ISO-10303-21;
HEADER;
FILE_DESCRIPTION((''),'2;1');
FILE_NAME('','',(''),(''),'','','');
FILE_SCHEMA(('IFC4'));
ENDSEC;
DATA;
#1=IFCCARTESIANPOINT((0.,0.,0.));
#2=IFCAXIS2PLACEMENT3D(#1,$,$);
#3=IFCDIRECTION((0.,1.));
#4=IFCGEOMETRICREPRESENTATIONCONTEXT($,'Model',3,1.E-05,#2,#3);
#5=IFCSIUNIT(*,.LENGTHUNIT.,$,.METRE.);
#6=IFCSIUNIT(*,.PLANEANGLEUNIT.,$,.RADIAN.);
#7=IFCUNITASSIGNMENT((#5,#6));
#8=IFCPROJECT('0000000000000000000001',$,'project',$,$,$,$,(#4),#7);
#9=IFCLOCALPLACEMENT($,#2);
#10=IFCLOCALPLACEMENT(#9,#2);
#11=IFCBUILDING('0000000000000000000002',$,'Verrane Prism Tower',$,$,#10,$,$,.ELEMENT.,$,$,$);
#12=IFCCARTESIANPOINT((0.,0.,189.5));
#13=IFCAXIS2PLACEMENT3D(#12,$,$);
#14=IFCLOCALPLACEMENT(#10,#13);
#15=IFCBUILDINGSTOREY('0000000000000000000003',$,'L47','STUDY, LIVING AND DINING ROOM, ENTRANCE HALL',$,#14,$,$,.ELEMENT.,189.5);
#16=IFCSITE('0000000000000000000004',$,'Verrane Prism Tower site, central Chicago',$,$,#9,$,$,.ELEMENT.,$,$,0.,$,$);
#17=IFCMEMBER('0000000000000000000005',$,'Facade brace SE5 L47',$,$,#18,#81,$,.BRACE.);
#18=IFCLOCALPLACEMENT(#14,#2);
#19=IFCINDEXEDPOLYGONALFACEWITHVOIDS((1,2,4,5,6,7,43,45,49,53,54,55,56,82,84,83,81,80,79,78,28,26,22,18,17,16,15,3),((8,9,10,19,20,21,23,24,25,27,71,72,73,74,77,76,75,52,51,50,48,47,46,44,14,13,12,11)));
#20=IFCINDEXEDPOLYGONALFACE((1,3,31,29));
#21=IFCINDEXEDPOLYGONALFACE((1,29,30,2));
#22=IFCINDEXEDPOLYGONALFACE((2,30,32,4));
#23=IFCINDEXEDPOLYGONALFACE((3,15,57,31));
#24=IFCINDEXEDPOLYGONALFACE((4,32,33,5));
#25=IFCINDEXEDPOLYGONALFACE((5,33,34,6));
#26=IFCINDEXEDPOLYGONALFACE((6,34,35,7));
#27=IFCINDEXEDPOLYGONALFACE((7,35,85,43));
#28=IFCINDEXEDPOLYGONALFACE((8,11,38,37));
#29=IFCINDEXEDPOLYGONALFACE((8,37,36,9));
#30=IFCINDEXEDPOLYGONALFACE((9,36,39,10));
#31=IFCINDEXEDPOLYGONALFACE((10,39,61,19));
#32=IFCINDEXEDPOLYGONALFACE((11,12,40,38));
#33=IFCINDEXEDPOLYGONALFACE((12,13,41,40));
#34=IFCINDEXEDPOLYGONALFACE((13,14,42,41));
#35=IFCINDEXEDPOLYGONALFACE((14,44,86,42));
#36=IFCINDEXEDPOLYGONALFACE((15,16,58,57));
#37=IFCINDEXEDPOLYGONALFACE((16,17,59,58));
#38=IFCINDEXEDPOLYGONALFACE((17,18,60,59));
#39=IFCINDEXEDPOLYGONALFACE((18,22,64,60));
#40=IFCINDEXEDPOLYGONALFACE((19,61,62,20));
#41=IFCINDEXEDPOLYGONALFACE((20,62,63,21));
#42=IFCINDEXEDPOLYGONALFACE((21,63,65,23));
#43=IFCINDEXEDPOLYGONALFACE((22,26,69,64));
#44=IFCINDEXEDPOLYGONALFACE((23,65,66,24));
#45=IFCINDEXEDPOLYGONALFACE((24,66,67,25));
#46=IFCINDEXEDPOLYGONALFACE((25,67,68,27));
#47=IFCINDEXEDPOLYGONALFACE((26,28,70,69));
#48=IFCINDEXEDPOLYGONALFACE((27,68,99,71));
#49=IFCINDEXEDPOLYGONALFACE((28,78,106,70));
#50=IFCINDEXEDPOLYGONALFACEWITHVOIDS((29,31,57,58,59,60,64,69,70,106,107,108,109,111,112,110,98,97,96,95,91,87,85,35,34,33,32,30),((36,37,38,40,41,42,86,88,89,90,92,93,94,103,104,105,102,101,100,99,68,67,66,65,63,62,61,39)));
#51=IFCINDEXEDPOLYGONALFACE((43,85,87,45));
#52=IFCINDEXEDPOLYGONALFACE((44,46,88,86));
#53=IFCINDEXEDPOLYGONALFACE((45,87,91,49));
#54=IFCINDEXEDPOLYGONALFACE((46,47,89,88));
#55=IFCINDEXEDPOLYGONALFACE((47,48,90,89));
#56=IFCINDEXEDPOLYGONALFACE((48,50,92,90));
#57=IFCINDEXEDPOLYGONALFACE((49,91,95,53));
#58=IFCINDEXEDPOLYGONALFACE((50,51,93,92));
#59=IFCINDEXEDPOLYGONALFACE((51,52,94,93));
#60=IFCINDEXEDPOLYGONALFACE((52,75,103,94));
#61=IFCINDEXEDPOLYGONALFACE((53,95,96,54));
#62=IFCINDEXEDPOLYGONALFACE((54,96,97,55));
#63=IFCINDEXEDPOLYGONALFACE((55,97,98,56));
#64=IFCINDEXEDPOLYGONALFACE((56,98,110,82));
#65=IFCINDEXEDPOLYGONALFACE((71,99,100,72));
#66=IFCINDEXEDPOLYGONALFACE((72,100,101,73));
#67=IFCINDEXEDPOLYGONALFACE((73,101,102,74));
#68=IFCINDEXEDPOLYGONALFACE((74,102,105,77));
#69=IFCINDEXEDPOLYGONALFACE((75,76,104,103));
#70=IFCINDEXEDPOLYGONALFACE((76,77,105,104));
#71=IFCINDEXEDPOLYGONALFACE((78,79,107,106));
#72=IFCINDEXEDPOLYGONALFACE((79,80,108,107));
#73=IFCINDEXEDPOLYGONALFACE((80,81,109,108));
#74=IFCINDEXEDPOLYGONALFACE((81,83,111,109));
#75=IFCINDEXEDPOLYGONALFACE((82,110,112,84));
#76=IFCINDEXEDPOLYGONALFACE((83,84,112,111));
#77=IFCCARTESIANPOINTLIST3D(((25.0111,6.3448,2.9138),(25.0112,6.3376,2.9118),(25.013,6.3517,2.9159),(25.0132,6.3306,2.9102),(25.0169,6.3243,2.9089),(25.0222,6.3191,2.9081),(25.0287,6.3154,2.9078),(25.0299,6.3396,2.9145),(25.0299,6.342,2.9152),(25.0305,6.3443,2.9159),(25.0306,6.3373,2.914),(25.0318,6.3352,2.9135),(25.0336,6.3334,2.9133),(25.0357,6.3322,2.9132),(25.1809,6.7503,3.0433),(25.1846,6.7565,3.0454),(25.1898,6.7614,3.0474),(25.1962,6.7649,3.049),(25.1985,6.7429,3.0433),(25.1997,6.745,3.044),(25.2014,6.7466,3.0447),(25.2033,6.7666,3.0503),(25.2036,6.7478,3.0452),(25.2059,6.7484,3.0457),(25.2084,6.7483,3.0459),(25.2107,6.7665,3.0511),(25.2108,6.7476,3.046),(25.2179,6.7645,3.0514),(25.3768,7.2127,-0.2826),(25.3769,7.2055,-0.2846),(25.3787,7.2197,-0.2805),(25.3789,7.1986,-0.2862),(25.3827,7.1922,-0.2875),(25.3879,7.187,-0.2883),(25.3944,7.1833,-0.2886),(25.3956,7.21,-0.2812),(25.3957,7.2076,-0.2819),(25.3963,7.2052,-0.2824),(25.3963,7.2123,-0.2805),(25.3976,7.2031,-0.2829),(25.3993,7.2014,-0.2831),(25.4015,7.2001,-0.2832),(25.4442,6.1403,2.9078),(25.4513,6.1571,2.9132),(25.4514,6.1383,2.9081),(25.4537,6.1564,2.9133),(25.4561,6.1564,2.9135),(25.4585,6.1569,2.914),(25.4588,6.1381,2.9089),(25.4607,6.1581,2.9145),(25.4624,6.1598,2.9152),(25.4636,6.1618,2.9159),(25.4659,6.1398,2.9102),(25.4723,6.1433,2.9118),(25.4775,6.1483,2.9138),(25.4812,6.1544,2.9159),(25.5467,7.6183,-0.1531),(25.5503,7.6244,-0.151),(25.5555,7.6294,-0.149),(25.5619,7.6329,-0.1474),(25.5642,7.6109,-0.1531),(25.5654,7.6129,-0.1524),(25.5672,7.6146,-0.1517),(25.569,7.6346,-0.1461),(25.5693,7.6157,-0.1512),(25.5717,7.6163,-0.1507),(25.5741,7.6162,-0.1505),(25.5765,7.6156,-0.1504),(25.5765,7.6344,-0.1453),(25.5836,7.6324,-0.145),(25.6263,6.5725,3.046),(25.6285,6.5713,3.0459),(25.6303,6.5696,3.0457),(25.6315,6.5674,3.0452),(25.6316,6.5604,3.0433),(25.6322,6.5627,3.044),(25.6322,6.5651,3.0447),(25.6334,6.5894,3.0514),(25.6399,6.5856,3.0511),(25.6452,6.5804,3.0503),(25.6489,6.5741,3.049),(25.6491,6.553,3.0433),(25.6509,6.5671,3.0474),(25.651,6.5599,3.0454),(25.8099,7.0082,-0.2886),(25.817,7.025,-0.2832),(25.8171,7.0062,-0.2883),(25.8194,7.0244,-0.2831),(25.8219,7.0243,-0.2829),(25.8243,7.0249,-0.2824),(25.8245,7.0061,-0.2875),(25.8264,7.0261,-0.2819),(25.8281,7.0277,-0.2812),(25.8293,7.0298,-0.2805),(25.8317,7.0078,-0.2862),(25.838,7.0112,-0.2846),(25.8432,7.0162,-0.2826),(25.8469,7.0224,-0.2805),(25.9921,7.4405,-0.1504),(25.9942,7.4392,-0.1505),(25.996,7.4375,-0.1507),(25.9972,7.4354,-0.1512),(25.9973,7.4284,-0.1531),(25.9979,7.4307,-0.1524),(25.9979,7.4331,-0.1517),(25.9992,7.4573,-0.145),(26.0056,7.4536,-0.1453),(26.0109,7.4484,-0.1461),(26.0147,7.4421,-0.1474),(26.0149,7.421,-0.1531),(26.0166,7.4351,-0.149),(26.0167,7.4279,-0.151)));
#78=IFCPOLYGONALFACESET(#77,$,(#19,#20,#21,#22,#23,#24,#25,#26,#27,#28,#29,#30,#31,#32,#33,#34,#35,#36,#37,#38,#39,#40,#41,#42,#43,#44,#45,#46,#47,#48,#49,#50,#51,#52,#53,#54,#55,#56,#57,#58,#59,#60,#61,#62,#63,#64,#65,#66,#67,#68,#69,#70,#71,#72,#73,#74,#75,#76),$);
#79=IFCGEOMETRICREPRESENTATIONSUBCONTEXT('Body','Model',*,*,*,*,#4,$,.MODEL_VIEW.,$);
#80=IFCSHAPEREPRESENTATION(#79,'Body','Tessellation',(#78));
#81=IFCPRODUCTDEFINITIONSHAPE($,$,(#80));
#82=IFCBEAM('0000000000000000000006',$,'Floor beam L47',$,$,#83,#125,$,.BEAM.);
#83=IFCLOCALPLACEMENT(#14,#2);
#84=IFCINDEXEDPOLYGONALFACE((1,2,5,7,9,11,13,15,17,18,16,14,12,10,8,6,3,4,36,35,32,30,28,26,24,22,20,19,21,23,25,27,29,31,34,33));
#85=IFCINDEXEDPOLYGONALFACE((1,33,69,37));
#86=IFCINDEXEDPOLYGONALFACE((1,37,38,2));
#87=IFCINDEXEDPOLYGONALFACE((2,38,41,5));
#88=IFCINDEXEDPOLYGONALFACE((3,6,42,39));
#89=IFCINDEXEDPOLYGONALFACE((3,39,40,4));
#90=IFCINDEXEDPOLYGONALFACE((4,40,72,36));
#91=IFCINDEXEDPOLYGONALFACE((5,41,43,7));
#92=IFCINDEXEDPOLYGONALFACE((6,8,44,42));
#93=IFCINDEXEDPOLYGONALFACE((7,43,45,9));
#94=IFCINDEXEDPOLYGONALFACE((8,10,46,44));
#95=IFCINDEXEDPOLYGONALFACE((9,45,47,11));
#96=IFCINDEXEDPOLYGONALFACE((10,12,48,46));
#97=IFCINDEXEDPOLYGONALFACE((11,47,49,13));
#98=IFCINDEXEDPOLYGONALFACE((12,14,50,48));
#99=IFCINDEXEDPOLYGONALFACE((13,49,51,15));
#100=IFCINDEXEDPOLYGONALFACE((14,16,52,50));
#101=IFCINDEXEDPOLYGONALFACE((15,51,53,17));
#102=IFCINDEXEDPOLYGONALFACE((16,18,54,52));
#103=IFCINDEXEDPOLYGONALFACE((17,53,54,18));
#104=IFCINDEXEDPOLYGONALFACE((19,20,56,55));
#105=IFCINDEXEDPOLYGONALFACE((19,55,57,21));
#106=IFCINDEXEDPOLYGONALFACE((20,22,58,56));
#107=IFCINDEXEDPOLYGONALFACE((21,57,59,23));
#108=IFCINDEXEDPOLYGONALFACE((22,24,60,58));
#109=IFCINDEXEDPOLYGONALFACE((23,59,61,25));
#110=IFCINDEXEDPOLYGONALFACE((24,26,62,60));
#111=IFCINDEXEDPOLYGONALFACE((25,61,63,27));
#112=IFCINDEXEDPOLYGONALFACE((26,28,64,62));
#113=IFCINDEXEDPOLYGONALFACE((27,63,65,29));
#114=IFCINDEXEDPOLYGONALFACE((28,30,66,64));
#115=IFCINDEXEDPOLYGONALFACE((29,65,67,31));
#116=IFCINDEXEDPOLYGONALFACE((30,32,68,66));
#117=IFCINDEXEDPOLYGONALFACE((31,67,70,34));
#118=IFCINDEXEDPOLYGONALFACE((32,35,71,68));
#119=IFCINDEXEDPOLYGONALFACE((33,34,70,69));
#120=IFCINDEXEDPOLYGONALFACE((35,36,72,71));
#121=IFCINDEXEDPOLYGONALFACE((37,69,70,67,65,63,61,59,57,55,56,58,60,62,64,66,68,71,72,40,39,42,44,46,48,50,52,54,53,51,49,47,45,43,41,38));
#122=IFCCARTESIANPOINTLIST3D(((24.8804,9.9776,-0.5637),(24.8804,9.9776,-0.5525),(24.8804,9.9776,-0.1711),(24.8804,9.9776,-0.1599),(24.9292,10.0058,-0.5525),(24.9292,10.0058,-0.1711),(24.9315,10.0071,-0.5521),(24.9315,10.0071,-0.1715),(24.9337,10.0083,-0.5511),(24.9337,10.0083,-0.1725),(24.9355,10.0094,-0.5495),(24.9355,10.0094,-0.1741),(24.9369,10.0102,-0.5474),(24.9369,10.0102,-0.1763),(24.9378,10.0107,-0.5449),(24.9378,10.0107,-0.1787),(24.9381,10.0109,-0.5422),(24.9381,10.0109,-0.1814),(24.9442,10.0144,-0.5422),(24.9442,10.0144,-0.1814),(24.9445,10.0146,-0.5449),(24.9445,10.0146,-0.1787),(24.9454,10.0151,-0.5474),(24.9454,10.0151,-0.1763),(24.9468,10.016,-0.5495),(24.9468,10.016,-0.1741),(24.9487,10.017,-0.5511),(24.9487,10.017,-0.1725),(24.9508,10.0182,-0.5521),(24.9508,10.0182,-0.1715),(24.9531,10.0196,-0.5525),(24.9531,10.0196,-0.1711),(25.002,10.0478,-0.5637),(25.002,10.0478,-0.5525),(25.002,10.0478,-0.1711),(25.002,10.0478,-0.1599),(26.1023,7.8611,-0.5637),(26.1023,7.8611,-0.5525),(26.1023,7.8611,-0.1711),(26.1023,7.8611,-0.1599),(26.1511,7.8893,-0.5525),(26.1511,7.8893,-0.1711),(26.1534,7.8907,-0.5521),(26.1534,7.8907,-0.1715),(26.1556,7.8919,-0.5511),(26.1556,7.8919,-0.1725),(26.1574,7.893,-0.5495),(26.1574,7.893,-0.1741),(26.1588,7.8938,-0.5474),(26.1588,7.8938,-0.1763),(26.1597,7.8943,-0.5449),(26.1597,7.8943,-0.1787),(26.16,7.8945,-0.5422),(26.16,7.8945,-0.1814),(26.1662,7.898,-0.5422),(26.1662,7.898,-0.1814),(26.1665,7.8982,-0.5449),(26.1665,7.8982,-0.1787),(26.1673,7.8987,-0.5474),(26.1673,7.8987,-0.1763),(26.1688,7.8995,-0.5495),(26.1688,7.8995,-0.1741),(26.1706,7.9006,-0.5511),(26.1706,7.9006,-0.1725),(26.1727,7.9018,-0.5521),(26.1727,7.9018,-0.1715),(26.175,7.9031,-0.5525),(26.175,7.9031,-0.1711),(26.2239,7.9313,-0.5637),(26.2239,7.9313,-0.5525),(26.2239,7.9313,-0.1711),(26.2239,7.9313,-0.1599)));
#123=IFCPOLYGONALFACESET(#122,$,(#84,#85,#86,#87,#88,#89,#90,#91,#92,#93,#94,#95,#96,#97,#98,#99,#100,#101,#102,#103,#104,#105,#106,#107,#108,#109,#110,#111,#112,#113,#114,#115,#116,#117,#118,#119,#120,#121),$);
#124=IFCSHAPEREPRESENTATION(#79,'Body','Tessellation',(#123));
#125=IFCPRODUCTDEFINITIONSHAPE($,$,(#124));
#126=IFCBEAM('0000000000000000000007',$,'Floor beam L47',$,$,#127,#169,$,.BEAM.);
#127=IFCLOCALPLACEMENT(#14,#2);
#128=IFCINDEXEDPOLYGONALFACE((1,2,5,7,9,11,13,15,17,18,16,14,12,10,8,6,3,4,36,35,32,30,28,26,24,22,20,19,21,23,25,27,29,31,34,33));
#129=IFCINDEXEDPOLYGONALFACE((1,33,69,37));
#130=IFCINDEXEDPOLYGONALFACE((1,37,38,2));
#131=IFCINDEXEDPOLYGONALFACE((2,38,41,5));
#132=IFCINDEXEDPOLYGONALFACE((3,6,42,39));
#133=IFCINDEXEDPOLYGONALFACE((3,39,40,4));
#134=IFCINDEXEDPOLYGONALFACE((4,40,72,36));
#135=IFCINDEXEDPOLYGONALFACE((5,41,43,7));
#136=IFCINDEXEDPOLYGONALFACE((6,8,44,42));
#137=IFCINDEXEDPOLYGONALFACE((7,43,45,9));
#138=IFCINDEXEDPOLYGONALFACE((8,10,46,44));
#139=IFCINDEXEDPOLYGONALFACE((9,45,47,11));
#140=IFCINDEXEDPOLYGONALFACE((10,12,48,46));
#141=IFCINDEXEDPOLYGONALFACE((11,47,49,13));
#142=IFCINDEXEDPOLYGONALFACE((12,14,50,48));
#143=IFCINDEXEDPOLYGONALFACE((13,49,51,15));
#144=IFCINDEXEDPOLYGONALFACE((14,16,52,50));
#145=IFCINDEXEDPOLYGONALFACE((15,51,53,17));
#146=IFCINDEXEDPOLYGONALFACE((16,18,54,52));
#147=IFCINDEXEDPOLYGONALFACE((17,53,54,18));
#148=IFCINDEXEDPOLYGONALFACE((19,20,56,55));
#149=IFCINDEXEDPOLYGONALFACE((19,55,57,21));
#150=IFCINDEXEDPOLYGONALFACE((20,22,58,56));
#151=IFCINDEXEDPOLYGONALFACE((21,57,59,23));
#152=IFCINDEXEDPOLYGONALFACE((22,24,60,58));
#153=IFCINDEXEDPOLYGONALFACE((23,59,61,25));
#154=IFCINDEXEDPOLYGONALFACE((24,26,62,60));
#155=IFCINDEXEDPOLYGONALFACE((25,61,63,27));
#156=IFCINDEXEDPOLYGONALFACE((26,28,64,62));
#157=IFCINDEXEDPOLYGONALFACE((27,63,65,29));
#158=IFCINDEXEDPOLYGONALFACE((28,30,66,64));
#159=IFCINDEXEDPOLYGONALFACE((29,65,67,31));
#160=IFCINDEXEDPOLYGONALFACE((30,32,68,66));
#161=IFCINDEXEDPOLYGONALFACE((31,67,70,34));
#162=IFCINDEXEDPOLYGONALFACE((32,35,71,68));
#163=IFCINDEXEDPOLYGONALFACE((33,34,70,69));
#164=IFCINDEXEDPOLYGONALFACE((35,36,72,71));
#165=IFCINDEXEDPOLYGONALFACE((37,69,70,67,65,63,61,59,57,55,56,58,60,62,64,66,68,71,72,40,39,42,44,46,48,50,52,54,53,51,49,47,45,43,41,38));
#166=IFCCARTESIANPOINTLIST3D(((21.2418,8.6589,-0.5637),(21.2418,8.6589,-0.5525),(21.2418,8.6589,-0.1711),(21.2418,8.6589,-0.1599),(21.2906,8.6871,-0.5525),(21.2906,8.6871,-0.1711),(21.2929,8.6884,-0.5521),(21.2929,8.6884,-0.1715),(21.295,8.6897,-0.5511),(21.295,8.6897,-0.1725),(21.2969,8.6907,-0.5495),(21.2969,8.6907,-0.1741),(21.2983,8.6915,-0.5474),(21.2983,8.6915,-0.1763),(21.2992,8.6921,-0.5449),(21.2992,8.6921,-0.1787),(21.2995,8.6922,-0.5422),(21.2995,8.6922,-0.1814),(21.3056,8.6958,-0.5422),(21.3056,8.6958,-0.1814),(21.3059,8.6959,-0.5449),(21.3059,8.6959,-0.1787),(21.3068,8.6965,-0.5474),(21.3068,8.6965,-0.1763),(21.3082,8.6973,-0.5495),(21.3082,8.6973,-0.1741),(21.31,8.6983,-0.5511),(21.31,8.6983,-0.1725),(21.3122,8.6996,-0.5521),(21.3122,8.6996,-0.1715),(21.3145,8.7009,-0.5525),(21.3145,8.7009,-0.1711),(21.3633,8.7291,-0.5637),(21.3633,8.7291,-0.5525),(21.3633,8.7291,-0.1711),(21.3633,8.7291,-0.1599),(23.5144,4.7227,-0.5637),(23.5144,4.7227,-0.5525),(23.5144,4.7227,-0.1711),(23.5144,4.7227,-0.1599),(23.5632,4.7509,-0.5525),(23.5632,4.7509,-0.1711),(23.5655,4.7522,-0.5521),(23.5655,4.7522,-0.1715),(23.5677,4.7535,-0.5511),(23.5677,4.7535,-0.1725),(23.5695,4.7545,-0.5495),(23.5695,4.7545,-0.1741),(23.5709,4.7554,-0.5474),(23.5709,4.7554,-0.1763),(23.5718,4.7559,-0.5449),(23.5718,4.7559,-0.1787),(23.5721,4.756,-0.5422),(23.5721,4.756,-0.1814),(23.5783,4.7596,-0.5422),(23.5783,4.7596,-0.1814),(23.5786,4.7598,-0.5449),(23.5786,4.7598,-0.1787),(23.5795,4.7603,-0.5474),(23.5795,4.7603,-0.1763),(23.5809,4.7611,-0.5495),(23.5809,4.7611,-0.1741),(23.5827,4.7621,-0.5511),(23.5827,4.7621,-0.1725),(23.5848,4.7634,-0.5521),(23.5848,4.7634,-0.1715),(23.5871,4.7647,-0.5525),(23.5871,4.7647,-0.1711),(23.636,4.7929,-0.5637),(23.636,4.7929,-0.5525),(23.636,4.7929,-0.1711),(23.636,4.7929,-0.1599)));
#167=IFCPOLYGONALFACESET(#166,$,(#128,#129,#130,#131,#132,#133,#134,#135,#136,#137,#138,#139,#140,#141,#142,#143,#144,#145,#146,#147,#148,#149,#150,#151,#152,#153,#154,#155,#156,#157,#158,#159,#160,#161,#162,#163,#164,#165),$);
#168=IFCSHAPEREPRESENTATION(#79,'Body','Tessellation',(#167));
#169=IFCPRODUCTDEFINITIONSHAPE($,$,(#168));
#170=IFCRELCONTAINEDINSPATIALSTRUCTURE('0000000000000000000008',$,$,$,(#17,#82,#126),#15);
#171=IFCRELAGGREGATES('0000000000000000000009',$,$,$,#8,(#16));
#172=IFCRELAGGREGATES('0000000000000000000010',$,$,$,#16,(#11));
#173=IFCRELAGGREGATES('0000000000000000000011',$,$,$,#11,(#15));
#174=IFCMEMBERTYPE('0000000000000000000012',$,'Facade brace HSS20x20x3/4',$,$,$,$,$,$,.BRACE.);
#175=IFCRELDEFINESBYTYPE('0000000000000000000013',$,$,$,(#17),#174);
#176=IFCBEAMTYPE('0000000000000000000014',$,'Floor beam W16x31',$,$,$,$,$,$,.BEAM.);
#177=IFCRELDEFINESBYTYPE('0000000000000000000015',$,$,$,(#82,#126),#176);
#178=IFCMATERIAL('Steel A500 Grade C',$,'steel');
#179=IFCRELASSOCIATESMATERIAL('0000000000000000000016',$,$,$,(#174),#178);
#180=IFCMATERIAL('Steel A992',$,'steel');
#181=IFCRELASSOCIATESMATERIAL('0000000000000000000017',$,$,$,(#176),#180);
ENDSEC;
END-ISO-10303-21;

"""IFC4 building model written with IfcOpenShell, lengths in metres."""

from ifc_helpers import new_model, si_unit, direction, frame, origin, origin_2d, place, context, subcontext, project, spatial, hollow_rectangle, i_section, extrude, material, material_profile, profile_set, type_object, element, save


model = new_model("IFC4")

# Units and contexts
model_context = context("Model", 3, precision=1e-05, world=origin(), true_north=direction((0.0, 1.0)))
body_context = subcontext(model_context, "Body", "Model", "MODEL_VIEW")
ifc_project = project(units=[si_unit("LENGTHUNIT", "METRE"), si_unit("PLANEANGLEUNIT", "RADIAN")], contexts=[model_context])

# Site, building, storey
site_placement = place(None, origin())
site = spatial("IfcSite", under=ifc_project, at=site_placement, Name="Verrane Prism Tower site, central Chicago", CompositionType="ELEMENT", RefElevation=0.0)
building_placement = place(site_placement, origin())
building = spatial("IfcBuilding", under=site, at=building_placement, Name="Verrane Prism Tower", CompositionType="ELEMENT")
storey_placement = place(building_placement, frame((0.0, 0.0, 189.5)))
storey = spatial("IfcBuildingStorey", under=building, at=storey_placement, Name="L47", Description="STUDY, LIVING AND DINING ROOM, ENTRANCE HALL", CompositionType="ELEMENT", Elevation=189.5)

# Member
ifc_material_1 = material(Name="Steel A500 Grade C", Category="steel")
ifc_material_profile_1 = material_profile(ifc_material_1, hollow_rectangle(XDim=0.5081, YDim=0.5081, WallThickness=0.019, InnerFilletRadius=0.0095, OuterFilletRadius=0.0286, at=origin_2d()), Name="HSS20x20x3/4")
ifc_profile_set_1 = profile_set([ifc_material_profile_1], Name="Steel A500 Grade C")
member_type_1 = type_object("IfcMemberType", Name="Facade brace HSS20x20x3/4", PredefinedType="BRACE", material=ifc_profile_set_1)
member_1_placement = place(storey_placement, frame((25.6968, 7.3203, -0.2168), z_axis=(-0.109755, -0.260468, 0.959224), x_axis=(0.921528, -0.388312, 0.0)))
element("IfcMember", 1, at=member_1_placement, inside=storey, type_object=member_type_1, Name="Facade brace SE5 L47", PredefinedType="BRACE", context=body_context, shape_type="SweptSolid", body=[
    extrude(hollow_rectangle(XDim=0.5081, YDim=0.5081, WallThickness=0.019, InnerFilletRadius=0.0095, OuterFilletRadius=0.0286, at=origin_2d()), origin(), (0.0, 0.0, 1.0), 3.3323),
])

# Beams
ifc_material_2 = material(Name="Steel A992", Category="steel")
ifc_material_profile_2 = material_profile(ifc_material_2, i_section(OverallWidth=0.1404, OverallDepth=0.4038, WebThickness=0.0071, FlangeThickness=0.0112, FilletRadius=0.0103, at=origin_2d()), Name="W16x31")
ifc_profile_set_2 = profile_set([ifc_material_profile_2], Name="Steel A992")
beam_type_1 = type_object("IfcBeamType", Name="Floor beam W16x31", PredefinedType="BEAM", material=ifc_profile_set_2)
beam_1_placement = place(storey_placement, frame((26.1631, 7.8962, -0.3618), z_axis=(-0.499996, 0.866028, 0.0), x_axis=(-0.866028, -0.499996, 0.0)))
element("IfcBeam", 2, at=beam_1_placement, inside=storey, type_object=beam_type_1, Name="Floor beam L47", PredefinedType="BEAM", context=body_context, shape_type="SweptSolid", body=[
    extrude(i_section(OverallWidth=0.1404, OverallDepth=0.4038, WebThickness=0.0071, FlangeThickness=0.0112, FilletRadius=0.0103, at=origin_2d()), origin(), (0.0, 0.0, 1.0), 2.4438),
])
beam_2_placement = place(storey_placement, frame((23.5752, 4.7578, -0.3618), z_axis=(-0.500015, 0.866017, 0.0), x_axis=(-0.866017, -0.500015, 0.0)))
element("IfcBeam", 3, at=beam_2_placement, inside=storey, type_object=beam_type_1, Name="Floor beam L47", PredefinedType="BEAM", context=body_context, shape_type="SweptSolid", body=[
    extrude(i_section(OverallWidth=0.1404, OverallDepth=0.4038, WebThickness=0.0071, FlangeThickness=0.0112, FilletRadius=0.0103, at=origin_2d()), origin(), (0.0, 0.0, 1.0), 4.5452),
])

save(model, "model.ifc")
